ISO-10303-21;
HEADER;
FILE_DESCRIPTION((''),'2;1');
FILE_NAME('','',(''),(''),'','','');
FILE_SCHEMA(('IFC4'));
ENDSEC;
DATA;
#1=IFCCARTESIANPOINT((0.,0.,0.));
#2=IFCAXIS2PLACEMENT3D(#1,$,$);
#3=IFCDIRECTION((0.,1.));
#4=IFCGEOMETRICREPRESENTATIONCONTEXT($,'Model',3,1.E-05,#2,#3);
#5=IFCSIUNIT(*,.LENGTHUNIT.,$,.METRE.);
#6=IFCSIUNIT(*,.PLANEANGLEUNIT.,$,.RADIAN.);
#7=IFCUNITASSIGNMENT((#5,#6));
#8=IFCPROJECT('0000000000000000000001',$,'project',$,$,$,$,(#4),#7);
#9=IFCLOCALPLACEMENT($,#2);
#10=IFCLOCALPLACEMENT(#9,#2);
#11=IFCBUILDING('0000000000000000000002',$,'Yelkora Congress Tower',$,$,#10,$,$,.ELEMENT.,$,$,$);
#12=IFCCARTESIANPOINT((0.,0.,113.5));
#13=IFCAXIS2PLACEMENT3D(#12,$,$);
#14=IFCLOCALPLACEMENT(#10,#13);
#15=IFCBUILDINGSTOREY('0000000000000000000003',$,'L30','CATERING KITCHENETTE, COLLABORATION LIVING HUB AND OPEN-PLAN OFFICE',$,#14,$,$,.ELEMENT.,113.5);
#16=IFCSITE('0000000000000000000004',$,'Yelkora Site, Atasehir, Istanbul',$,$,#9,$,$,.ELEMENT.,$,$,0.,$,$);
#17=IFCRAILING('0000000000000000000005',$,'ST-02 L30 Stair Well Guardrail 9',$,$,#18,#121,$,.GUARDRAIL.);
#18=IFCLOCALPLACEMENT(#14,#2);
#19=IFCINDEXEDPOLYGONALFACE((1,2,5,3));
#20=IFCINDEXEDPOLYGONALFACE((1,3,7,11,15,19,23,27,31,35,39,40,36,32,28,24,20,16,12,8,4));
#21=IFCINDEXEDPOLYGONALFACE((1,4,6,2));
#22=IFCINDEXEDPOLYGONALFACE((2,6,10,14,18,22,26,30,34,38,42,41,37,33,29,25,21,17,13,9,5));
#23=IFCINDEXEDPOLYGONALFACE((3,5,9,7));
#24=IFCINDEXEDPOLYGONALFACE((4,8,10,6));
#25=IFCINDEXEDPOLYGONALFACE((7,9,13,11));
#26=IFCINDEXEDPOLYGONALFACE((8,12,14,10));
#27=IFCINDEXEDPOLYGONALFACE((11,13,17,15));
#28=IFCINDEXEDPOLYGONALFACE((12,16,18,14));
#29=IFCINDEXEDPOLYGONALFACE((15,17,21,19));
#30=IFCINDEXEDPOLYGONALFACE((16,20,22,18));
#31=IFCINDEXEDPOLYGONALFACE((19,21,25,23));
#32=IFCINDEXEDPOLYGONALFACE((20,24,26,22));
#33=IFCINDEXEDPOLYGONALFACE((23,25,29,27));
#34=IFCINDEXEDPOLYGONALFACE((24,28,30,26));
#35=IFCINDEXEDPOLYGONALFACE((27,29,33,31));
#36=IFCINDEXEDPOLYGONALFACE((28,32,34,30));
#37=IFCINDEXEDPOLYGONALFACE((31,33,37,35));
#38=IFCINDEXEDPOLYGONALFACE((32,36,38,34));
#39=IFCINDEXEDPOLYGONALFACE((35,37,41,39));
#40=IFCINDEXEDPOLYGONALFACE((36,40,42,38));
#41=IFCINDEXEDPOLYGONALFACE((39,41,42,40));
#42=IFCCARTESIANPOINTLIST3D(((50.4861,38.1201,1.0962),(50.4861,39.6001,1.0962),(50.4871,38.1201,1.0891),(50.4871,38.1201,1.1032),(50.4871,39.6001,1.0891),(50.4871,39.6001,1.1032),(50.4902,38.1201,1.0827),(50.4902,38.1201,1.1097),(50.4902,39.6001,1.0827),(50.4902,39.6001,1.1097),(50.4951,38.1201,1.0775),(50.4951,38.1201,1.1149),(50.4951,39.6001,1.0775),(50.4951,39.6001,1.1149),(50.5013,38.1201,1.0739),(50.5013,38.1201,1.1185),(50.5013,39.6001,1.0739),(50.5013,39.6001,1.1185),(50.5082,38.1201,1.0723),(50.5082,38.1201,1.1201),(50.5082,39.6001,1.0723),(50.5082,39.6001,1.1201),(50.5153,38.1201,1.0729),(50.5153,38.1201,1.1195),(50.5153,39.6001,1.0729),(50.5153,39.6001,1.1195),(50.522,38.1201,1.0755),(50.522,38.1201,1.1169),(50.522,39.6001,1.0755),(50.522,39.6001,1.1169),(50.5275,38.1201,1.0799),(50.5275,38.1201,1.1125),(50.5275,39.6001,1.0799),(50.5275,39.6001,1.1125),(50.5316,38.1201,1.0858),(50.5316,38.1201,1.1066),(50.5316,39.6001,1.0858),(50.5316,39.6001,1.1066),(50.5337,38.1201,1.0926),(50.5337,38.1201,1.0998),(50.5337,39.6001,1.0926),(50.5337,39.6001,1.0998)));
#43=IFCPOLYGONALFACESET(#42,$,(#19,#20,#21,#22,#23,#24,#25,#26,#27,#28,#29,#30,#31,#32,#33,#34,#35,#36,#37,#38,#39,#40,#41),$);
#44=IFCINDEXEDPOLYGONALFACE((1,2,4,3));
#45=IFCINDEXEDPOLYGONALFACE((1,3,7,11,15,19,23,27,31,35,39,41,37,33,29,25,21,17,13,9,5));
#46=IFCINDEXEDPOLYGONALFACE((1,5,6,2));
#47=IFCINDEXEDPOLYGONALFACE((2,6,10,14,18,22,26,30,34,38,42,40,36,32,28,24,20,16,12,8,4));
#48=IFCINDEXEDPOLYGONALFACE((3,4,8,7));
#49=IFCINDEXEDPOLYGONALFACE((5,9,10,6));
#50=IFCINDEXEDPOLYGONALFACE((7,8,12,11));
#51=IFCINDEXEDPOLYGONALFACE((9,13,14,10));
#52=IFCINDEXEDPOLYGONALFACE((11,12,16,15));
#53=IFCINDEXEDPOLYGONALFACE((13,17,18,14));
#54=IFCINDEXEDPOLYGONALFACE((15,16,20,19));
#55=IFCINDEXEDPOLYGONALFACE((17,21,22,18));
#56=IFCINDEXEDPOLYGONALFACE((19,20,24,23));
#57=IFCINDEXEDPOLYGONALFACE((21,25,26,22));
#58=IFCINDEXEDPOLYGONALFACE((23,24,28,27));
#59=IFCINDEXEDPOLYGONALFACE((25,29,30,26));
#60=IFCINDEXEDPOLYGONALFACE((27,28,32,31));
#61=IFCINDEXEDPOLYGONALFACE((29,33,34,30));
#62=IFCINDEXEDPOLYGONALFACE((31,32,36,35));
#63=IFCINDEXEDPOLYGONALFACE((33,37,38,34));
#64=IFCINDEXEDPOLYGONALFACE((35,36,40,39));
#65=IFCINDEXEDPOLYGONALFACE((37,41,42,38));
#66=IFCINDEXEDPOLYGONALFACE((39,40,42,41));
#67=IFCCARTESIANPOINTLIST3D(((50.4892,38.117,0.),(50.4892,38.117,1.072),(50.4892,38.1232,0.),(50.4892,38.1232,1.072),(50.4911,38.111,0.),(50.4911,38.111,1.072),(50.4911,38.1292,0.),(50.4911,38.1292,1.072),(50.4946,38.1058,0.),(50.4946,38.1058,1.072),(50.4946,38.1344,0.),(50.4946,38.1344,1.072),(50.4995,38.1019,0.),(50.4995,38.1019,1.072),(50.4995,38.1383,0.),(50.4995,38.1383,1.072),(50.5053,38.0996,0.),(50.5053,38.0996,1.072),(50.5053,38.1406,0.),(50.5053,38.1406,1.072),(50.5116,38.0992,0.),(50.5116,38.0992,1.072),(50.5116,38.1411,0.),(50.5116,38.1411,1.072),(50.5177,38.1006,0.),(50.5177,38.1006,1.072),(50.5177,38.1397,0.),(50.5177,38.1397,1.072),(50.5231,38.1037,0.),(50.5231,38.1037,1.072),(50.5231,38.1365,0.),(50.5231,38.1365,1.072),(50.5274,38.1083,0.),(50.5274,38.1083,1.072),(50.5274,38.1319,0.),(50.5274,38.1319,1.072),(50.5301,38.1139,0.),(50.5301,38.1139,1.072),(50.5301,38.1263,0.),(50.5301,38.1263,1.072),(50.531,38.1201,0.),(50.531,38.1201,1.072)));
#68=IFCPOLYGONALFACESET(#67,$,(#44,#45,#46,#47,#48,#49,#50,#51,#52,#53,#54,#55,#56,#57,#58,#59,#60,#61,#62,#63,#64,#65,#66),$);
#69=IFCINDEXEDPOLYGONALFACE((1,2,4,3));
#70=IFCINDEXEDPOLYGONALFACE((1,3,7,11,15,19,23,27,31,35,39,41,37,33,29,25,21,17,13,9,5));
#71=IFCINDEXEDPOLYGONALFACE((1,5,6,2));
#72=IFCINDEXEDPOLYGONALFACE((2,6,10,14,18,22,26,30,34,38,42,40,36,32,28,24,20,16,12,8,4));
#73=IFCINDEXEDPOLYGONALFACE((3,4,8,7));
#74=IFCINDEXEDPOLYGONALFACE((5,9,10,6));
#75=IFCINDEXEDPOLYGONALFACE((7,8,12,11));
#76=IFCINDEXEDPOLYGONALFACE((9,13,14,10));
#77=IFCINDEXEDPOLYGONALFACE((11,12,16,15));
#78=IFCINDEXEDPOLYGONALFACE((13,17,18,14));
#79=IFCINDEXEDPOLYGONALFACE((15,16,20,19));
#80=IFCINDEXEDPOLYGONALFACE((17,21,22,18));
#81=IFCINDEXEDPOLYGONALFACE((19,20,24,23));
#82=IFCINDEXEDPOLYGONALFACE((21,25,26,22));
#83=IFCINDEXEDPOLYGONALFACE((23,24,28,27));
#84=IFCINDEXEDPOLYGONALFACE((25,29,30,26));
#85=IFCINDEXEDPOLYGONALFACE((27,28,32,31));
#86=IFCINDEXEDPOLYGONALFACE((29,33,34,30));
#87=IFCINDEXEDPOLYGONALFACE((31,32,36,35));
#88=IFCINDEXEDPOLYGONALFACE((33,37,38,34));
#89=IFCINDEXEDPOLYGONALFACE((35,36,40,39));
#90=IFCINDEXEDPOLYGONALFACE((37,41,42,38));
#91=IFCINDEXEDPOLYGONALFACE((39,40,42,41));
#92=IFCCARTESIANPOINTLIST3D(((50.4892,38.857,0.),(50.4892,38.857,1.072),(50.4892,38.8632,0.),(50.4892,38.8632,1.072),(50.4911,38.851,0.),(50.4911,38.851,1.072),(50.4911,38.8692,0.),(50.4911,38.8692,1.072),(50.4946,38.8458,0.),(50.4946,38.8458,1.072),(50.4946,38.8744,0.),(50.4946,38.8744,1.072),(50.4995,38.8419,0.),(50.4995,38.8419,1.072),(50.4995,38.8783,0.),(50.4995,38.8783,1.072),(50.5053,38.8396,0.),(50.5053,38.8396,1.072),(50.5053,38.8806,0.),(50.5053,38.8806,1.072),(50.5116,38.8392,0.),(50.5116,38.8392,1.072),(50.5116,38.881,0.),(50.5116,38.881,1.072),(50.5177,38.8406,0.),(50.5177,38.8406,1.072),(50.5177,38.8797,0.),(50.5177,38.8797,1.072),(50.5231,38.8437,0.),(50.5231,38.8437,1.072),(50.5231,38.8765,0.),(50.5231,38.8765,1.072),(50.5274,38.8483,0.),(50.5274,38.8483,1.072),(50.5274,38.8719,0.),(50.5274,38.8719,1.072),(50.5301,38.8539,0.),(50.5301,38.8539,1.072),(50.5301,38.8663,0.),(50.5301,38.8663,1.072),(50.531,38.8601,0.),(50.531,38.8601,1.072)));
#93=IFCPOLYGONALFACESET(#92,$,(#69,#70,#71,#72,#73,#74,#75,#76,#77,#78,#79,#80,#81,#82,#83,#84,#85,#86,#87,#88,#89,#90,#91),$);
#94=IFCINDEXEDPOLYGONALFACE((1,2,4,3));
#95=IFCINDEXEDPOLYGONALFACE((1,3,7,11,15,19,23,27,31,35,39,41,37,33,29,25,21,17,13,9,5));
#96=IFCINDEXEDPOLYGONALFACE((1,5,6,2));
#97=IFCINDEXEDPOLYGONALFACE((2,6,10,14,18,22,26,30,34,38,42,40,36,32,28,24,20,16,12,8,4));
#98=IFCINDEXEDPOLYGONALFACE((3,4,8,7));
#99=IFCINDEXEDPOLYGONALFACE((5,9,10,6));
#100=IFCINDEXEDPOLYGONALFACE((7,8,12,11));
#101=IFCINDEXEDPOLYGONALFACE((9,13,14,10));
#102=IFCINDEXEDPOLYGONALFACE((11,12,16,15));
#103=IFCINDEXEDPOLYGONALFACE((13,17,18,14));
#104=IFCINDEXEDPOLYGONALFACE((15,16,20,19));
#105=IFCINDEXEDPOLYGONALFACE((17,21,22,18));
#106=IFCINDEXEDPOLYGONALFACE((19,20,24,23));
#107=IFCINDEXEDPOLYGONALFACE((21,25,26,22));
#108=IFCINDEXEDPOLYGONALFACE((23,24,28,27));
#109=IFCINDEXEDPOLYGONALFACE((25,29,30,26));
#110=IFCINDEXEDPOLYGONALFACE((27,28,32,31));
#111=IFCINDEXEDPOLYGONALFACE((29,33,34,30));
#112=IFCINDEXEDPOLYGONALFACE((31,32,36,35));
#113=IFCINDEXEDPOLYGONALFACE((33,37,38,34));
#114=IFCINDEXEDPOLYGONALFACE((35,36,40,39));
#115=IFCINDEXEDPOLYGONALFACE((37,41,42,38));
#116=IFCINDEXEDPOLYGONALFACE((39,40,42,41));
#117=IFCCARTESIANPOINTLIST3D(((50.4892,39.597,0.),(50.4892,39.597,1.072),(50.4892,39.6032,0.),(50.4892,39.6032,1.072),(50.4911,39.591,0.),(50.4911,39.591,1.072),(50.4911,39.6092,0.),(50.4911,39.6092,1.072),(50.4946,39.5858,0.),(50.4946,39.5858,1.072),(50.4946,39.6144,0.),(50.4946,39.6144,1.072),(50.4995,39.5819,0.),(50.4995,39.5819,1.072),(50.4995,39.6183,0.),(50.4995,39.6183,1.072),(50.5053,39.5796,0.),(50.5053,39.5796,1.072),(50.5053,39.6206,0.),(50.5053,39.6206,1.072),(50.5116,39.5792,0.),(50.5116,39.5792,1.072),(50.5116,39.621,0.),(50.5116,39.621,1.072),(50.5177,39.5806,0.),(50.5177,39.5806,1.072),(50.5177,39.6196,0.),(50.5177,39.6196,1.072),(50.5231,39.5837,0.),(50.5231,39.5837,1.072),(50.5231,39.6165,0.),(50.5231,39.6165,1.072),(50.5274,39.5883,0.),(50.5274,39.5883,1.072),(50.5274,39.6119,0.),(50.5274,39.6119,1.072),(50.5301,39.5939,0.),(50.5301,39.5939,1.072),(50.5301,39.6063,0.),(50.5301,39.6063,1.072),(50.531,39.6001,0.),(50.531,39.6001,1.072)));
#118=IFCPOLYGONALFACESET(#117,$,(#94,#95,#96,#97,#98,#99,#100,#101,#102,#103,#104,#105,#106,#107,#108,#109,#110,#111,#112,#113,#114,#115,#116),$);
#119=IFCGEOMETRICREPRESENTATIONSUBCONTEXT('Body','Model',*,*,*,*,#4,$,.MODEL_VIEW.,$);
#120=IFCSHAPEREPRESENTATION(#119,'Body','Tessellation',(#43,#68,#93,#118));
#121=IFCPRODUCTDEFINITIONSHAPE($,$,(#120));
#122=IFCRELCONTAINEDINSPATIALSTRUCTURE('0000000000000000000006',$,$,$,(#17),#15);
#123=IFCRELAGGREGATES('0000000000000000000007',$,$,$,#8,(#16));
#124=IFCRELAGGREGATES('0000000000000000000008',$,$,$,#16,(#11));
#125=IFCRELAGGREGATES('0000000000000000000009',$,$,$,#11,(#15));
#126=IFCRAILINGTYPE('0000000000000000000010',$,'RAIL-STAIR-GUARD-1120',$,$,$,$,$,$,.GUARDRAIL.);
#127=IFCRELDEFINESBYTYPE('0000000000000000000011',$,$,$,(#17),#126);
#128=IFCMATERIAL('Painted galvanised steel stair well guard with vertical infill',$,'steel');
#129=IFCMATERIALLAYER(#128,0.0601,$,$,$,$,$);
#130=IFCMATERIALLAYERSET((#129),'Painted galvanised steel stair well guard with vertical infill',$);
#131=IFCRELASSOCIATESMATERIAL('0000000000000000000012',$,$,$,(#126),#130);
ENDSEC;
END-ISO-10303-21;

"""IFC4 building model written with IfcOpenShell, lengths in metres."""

from ifc_helpers import new_model, si_unit, direction, frame, origin, origin_2d, place, context, subcontext, project, spatial, circle, extrude, material, layer, layer_set, type_object, element, save


model = new_model("IFC4")

# Units and contexts
model_context = context("Model", 3, precision=1e-05, world=origin(), true_north=direction((0.0, 1.0)))
body_context = subcontext(model_context, "Body", "Model", "MODEL_VIEW")
ifc_project = project(units=[si_unit("LENGTHUNIT", "METRE"), si_unit("PLANEANGLEUNIT", "RADIAN")], contexts=[model_context])

# Site, building, storey
site_placement = place(None, origin())
site = spatial("IfcSite", under=ifc_project, at=site_placement, Name="Yelkora Site, Atasehir, Istanbul", CompositionType="ELEMENT", RefElevation=0.0)
building_placement = place(site_placement, origin())
building = spatial("IfcBuilding", under=site, at=building_placement, Name="Yelkora Congress Tower", CompositionType="ELEMENT")
storey_placement = place(building_placement, frame((0.0, 0.0, 113.5)))
storey = spatial("IfcBuildingStorey", under=building, at=storey_placement, Name="L30", Description="CATERING KITCHENETTE, COLLABORATION LIVING HUB AND OPEN-PLAN OFFICE", CompositionType="ELEMENT", Elevation=113.5)

# Railing
ifc_material_1 = material(Name="Painted galvanised steel stair well guard with vertical infill", Category="steel")
ifc_layer_1 = layer(ifc_material_1, 0.0601)
ifc_layer_set_1 = layer_set([ifc_layer_1], Name="Painted galvanised steel stair well guard with vertical infill")
railing_type_1 = type_object("IfcRailingType", Name="RAIL-STAIR-GUARD-1120", PredefinedType="GUARDRAIL", material=ifc_layer_set_1)
for number, where, name in (
    (1, (50.51, 38.1201, 0.0), "ST-02 L30 Stair Well Guardrail 9"),
):
    element("IfcRailing", number, at=place(storey_placement, frame(where)), inside=storey, type_object=railing_type_1, Name=name, PredefinedType="GUARDRAIL", context=body_context, shape_type="SweptSolid", body=[
        extrude(circle(Radius=0.0239, at=origin_2d()), frame((0.0, 0.0, 1.0962), z_axis=(0.0, 1.0, 0.0), x_axis=(-1.0, 0.0, 0.0)), (0.0, 0.0, 1.0), 1.48),
        extrude(circle(Radius=0.021, at=origin_2d()), origin(), (0.0, 0.0, 1.0), 1.072),
        extrude(circle(Radius=0.021, at=origin_2d()), frame((0.0, 0.74, 0.0)), (0.0, 0.0, 1.0), 1.072),
        extrude(circle(Radius=0.021, at=origin_2d()), frame((0.0, 1.48, 0.0)), (0.0, 0.0, 1.0), 1.072),
    ])

save(model, "model.ifc")
